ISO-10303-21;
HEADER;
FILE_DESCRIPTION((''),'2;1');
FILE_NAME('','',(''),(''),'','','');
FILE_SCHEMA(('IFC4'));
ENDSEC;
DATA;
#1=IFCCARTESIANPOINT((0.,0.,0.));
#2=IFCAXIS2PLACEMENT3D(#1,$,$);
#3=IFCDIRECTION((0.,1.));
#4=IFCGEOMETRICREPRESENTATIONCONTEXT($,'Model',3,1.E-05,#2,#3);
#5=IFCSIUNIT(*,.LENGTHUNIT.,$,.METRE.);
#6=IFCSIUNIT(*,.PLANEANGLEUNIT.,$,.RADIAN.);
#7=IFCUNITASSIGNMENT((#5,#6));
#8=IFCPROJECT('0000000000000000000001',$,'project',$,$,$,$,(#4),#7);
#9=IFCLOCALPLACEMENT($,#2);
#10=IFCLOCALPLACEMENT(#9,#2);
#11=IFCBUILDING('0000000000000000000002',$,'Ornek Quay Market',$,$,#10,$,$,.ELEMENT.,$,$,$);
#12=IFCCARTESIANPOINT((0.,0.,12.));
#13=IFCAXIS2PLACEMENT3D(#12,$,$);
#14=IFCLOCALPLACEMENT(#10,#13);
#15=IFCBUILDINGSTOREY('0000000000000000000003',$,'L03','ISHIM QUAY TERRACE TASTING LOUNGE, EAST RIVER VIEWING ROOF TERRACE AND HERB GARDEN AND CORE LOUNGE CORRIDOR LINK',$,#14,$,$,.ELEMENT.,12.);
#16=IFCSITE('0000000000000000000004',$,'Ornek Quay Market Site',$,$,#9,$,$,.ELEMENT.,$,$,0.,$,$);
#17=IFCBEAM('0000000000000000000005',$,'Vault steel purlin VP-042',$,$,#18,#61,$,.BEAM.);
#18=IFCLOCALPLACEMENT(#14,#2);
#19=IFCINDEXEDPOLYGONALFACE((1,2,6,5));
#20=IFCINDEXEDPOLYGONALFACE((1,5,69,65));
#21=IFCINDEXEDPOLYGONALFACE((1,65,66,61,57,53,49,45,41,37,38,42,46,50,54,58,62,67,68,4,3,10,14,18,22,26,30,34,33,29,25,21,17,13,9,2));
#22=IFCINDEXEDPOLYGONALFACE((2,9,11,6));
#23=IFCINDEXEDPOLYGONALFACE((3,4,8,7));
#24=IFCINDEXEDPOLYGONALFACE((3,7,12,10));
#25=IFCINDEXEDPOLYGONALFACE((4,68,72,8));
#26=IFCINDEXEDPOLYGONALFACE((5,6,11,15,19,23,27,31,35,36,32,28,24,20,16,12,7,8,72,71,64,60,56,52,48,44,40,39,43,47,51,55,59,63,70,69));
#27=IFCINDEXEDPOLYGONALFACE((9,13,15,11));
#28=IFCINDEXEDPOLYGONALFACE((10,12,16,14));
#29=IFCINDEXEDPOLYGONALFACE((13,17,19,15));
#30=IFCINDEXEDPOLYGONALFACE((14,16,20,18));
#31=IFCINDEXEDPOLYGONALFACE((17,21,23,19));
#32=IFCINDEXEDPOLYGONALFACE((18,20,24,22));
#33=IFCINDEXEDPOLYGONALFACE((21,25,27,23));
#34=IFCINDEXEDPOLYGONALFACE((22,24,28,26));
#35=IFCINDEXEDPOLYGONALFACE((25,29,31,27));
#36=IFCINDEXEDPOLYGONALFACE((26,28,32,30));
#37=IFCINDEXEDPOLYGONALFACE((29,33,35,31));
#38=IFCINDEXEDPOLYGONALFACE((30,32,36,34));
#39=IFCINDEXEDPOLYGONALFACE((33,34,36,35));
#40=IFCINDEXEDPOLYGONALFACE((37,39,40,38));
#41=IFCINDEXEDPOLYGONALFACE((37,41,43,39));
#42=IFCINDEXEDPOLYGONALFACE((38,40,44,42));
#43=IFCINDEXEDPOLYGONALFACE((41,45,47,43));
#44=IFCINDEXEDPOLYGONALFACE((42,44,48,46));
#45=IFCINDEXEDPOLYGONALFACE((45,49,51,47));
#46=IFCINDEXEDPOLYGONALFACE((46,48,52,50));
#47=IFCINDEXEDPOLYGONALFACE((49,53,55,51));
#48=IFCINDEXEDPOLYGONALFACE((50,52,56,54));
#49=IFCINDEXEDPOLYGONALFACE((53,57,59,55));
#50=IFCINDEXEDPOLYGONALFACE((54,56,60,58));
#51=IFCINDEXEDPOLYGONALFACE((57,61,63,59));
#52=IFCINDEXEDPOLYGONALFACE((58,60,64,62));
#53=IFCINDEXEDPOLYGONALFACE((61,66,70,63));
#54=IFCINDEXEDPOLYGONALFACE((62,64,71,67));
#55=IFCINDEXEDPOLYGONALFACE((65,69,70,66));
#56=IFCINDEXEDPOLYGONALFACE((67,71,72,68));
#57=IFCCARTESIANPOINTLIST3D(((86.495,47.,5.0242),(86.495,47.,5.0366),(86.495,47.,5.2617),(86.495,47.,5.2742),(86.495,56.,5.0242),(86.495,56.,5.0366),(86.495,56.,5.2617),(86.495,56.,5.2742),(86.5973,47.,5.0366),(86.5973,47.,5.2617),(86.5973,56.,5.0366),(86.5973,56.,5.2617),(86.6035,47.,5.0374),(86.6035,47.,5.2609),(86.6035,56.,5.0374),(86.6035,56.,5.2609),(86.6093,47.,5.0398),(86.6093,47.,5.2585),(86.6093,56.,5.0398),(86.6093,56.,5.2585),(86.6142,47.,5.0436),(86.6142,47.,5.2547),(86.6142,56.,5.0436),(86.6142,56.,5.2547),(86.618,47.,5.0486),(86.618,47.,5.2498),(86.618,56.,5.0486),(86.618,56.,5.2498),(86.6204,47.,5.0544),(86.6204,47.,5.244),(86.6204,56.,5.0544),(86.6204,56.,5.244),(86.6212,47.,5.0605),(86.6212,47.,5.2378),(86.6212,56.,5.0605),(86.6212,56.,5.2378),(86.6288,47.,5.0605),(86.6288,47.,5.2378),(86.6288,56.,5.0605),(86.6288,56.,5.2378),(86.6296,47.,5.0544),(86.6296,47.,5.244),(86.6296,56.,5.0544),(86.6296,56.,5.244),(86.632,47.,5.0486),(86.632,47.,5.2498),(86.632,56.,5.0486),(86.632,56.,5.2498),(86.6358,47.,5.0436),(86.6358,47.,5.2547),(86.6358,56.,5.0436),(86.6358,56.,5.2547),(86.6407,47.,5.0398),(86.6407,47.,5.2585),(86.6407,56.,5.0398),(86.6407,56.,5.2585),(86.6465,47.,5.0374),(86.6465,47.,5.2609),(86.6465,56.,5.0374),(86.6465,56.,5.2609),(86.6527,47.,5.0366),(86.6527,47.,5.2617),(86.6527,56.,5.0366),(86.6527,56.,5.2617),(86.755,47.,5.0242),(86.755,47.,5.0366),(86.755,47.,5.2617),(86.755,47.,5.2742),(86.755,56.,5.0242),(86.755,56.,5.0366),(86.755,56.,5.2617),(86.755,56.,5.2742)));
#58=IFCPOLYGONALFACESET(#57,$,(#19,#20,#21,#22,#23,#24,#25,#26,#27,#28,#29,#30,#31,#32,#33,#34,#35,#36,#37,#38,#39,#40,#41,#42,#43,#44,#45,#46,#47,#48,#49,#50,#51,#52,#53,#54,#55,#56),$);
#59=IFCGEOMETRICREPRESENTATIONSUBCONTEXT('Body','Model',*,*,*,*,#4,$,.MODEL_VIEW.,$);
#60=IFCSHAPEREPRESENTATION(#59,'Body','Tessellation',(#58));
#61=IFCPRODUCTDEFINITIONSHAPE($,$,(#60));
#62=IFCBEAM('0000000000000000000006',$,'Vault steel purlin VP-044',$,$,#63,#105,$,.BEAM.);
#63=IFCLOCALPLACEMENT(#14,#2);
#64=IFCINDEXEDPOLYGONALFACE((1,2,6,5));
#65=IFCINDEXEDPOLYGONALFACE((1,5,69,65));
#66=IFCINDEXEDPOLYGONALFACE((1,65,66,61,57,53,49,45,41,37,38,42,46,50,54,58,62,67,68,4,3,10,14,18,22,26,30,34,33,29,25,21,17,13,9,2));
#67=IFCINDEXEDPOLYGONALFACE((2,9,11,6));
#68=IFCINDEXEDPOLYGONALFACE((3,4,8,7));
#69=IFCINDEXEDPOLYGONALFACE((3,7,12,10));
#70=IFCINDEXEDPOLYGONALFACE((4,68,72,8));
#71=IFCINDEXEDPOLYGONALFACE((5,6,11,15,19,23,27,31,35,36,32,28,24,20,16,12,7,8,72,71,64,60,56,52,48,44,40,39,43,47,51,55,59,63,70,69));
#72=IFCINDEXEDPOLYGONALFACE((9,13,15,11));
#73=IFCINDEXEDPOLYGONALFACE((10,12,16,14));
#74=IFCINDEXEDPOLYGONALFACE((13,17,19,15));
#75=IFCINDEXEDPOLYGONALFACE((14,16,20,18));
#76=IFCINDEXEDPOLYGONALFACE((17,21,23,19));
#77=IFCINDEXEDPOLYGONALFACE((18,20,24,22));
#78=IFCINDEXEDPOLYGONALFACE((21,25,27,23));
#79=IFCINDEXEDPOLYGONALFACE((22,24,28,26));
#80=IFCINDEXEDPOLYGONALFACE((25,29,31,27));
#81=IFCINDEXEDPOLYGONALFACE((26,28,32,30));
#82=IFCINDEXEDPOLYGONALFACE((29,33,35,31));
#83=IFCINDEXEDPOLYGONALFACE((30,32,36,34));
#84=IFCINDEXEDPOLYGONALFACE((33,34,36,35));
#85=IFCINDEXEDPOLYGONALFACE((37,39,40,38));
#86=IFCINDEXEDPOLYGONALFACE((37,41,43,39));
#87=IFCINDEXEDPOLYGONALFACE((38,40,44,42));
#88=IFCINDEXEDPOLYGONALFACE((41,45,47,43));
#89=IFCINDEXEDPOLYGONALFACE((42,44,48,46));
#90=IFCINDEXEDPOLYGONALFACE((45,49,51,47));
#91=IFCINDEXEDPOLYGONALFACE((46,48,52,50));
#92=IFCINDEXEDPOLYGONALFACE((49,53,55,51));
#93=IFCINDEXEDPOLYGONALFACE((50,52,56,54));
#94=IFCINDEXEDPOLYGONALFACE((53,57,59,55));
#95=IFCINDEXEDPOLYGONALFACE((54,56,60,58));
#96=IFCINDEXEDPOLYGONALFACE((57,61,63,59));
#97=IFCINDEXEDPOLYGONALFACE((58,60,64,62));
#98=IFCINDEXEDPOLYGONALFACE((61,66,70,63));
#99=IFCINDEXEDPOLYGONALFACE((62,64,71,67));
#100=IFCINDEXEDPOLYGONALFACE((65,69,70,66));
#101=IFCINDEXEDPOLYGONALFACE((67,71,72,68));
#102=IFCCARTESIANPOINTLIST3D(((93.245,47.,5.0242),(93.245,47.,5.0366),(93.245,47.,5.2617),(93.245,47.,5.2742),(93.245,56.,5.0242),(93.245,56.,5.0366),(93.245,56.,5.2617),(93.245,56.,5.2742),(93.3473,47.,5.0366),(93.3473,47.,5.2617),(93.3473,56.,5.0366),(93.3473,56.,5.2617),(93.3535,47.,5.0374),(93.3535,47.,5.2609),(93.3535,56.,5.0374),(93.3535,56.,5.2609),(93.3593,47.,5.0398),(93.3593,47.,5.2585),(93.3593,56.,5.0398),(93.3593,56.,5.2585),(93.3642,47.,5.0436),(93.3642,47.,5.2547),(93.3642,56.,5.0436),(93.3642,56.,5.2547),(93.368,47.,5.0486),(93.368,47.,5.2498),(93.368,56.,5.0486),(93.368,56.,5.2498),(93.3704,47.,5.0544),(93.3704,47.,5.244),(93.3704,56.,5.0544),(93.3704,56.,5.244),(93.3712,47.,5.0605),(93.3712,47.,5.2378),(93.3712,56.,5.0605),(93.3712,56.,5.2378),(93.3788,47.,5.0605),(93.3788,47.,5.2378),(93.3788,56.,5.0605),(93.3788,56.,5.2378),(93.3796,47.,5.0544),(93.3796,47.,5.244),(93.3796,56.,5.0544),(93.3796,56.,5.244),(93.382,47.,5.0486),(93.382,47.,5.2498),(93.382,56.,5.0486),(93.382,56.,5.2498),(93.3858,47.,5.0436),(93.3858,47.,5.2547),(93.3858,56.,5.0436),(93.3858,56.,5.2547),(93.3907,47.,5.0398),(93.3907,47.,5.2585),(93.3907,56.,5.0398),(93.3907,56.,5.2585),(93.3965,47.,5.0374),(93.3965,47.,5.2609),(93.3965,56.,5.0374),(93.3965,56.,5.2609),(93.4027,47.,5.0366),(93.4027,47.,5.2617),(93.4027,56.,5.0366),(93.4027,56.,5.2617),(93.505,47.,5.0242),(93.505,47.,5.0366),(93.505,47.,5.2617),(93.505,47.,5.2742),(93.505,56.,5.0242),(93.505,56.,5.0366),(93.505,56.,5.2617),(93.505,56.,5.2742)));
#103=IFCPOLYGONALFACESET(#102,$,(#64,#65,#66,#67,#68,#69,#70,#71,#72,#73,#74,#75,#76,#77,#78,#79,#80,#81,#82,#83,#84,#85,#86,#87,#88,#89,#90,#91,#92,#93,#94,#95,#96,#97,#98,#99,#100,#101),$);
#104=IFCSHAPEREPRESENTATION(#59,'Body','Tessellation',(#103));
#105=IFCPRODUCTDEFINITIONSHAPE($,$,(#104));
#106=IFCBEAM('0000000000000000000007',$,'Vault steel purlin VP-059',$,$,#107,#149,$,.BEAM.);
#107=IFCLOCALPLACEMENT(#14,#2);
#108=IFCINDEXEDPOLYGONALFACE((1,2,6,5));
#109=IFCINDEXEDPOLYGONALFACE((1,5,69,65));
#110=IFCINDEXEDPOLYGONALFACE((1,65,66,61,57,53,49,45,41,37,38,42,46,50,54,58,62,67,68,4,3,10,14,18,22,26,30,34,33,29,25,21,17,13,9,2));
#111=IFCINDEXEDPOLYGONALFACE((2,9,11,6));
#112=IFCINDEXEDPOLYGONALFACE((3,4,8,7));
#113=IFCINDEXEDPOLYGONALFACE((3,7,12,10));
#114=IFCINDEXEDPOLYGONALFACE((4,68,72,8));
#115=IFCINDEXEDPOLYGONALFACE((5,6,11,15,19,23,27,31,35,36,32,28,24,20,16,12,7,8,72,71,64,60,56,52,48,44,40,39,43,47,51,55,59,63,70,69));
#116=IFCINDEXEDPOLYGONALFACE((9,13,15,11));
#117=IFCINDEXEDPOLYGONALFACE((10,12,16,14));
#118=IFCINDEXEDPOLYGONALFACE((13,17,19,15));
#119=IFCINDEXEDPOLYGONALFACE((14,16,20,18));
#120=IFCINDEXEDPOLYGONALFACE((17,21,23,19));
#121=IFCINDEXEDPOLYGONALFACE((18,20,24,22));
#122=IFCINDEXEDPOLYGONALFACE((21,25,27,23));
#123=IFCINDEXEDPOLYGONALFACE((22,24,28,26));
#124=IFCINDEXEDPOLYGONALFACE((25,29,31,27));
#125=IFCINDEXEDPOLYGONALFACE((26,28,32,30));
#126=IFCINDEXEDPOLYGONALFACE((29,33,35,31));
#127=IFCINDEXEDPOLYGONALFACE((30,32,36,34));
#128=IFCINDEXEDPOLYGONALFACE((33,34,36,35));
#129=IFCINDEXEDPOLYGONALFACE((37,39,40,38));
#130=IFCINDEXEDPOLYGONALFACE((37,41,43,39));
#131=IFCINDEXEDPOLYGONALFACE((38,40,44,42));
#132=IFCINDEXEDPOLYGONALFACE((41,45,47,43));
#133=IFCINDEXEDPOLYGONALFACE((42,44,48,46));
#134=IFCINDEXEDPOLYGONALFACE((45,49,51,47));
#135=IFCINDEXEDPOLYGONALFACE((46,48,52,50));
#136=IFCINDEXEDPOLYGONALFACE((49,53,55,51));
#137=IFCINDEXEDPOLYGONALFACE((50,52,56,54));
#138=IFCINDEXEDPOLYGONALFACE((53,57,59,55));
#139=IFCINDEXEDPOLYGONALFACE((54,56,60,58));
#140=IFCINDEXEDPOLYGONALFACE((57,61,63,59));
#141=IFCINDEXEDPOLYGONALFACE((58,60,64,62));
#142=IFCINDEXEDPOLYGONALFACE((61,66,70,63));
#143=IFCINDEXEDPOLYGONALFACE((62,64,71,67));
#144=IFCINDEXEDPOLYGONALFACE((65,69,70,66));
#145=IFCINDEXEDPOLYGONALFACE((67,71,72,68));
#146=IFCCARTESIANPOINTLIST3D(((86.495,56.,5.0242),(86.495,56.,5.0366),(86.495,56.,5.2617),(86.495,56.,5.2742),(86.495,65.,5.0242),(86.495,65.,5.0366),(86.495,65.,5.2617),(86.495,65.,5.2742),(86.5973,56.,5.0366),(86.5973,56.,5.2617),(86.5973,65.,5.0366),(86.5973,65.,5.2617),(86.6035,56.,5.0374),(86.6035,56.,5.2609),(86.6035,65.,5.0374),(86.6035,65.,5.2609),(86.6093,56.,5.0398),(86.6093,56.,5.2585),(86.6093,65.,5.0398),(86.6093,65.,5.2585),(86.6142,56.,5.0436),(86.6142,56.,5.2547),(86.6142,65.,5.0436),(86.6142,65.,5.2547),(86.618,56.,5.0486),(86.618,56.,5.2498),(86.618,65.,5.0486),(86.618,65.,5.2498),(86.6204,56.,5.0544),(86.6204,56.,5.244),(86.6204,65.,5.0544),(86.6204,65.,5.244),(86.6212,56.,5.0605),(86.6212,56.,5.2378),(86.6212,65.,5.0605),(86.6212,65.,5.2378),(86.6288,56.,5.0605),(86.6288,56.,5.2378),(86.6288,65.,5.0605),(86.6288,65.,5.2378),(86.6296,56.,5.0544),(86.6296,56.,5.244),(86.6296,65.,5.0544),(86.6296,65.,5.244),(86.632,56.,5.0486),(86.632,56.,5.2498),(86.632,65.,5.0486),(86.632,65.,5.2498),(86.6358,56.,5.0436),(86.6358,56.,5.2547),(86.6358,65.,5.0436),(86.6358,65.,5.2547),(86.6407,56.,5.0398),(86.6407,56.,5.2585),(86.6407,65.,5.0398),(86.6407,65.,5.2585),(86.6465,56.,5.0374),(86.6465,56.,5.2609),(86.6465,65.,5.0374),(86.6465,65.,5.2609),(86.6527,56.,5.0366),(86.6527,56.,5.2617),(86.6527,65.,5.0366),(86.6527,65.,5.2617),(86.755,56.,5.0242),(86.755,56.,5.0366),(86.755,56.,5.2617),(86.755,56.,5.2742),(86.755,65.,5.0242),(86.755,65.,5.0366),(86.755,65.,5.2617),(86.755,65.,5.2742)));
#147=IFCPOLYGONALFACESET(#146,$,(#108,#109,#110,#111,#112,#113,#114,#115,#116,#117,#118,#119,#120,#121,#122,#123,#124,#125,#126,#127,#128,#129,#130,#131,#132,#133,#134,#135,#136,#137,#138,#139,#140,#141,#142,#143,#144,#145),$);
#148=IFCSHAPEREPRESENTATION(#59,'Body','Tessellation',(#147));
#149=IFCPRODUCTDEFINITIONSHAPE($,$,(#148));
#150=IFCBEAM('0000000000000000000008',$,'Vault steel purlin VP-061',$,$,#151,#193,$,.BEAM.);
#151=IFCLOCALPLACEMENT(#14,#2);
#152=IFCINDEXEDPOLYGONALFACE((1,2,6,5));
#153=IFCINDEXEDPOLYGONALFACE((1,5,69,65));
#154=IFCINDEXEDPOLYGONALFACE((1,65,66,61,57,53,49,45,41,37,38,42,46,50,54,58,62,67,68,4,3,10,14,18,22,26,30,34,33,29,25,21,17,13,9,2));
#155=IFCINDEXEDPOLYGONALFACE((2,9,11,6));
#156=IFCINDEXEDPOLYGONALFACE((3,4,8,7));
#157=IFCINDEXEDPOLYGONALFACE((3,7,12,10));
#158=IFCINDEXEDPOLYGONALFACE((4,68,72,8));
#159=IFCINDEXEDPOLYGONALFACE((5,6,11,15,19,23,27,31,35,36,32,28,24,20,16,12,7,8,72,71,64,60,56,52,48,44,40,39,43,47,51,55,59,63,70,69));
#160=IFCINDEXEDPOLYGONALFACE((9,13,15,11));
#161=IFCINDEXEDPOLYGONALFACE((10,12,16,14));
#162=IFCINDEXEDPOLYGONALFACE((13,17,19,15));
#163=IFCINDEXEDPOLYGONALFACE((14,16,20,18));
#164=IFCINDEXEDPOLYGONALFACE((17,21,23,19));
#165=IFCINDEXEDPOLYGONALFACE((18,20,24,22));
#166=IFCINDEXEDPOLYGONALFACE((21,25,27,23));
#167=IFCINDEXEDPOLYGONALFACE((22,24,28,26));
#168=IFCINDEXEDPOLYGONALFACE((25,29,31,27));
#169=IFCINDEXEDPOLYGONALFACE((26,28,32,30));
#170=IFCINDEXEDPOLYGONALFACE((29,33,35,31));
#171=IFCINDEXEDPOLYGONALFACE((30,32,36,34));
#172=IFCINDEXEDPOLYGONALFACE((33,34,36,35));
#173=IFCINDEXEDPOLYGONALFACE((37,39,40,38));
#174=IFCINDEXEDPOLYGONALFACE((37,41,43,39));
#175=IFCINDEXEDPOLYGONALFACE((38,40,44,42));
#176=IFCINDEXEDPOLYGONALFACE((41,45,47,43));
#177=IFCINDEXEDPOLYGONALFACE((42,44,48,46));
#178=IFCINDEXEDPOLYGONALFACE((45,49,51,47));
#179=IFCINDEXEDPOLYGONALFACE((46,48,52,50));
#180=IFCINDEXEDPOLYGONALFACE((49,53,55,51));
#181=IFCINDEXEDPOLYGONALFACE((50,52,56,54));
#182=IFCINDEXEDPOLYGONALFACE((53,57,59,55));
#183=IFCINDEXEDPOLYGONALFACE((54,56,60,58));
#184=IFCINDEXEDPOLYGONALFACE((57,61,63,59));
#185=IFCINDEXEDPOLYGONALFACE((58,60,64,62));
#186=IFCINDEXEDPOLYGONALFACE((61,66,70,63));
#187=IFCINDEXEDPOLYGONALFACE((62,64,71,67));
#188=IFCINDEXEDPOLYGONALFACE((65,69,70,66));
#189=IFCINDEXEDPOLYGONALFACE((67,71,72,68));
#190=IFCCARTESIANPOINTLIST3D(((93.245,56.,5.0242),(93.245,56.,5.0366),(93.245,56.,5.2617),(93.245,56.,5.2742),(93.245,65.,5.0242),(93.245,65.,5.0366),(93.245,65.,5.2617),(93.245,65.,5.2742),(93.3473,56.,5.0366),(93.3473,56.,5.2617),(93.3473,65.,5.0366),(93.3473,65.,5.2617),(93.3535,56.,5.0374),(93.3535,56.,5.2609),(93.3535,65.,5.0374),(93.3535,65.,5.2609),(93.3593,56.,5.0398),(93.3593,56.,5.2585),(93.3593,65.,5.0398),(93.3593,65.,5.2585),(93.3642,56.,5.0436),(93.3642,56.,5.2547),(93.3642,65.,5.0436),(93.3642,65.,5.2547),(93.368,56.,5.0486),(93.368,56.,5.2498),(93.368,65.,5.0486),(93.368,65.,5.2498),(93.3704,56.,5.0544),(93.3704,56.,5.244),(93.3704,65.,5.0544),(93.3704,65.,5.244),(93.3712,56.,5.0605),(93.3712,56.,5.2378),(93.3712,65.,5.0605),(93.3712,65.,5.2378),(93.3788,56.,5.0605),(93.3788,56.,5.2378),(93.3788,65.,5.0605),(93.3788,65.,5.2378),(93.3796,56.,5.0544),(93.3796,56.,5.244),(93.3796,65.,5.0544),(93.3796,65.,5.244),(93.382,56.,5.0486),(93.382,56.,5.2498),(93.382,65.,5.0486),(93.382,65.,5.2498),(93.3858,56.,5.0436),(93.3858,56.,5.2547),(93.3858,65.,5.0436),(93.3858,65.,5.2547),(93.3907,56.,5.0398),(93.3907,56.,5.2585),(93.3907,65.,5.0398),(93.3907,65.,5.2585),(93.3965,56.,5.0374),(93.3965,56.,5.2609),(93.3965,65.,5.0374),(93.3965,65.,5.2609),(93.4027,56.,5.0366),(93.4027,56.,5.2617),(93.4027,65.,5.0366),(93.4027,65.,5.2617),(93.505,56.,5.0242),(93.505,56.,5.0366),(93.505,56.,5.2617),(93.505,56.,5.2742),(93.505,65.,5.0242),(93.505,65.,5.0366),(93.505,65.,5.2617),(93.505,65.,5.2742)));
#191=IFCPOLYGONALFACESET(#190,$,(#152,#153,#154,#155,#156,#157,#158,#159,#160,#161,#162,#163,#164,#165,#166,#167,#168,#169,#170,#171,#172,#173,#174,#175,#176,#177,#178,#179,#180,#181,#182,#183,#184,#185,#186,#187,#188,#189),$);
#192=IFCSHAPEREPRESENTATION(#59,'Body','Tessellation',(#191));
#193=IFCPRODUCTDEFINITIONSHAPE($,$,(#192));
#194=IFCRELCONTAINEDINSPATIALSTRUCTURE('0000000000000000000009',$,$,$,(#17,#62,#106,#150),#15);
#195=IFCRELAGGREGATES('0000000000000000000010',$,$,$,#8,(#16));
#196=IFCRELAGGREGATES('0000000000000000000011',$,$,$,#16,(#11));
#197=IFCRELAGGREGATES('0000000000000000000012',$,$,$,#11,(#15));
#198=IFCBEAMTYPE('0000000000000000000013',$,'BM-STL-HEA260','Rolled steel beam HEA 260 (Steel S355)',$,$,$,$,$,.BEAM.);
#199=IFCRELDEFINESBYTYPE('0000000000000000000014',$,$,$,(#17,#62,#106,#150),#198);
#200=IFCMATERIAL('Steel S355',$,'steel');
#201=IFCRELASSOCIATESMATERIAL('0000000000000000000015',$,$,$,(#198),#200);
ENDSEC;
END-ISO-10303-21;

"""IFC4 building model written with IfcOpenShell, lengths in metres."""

from ifc_helpers import new_model, si_unit, direction, frame, origin, origin_2d, place, context, subcontext, project, spatial, i_section, extrude, material, material_profile, profile_set, type_object, element, save


model = new_model("IFC4")

# Units and contexts
model_context = context("Model", 3, precision=1e-05, world=origin(), true_north=direction((0.0, 1.0)))
body_context = subcontext(model_context, "Body", "Model", "MODEL_VIEW")
ifc_project = project(units=[si_unit("LENGTHUNIT", "METRE"), si_unit("PLANEANGLEUNIT", "RADIAN")], contexts=[model_context])

# Site, building, storey
site_placement = place(None, origin())
site = spatial("IfcSite", under=ifc_project, at=site_placement, Name="Ornek Quay Market Site", CompositionType="ELEMENT", RefElevation=0.0)
building_placement = place(site_placement, origin())
building = spatial("IfcBuilding", under=site, at=building_placement, Name="Ornek Quay Market", CompositionType="ELEMENT")
storey_placement = place(building_placement, frame((0.0, 0.0, 12.0)))
storey = spatial("IfcBuildingStorey", under=building, at=storey_placement, Name="L03", Description="ISHIM QUAY TERRACE TASTING LOUNGE, EAST RIVER VIEWING ROOF TERRACE AND HERB GARDEN AND CORE LOUNGE CORRIDOR LINK", CompositionType="ELEMENT", Elevation=12.0)

# Beams
ifc_material_1 = material(Name="Steel S355", Category="steel")
ifc_material_profile_1 = material_profile(ifc_material_1, i_section(OverallWidth=0.26, OverallDepth=0.25, WebThickness=0.0076, FlangeThickness=0.0125, FilletRadius=0.0239, at=origin_2d()), Name="HEA 260", Category="steel")
ifc_profile_set_1 = profile_set([ifc_material_profile_1], Name="Steel S355")
beam_type_1 = type_object("IfcBeamType", Name="BM-STL-HEA260", Description="Rolled steel beam HEA 260 (Steel S355)", PredefinedType="BEAM", material=ifc_profile_set_1)
for number, where, z_axis, x_axis, name in (
    (1, (86.625, 47.0, 5.1492), (0.0, 1.0, 0.0), (-1.0, 0.0, 0.0), "Vault steel purlin VP-042"),
    (2, (93.375, 47.0, 5.1492), (0.0, 1.0, 0.0), (-1.0, 0.0, 0.0), "Vault steel purlin VP-044"),
    (3, (86.625, 56.0, 5.1492), (0.0, 1.0, 0.0), (-1.0, 0.0, 0.0), "Vault steel purlin VP-059"),
    (4, (93.375, 56.0, 5.1492), (0.0, 1.0, 0.0), (-1.0, 0.0, 0.0), "Vault steel purlin VP-061"),
):
    element("IfcBeam", number, at=place(storey_placement, frame(where, z_axis=z_axis, x_axis=x_axis)), inside=storey, type_object=beam_type_1, Name=name, PredefinedType="BEAM", context=body_context, shape_type="SweptSolid", body=[
        extrude(i_section(OverallWidth=0.26, OverallDepth=0.25, WebThickness=0.0076, FlangeThickness=0.0125, FilletRadius=0.0239, at=origin_2d()), origin(), (0.0, 0.0, 1.0), 9.0),
    ])

save(model, "model.ifc")
